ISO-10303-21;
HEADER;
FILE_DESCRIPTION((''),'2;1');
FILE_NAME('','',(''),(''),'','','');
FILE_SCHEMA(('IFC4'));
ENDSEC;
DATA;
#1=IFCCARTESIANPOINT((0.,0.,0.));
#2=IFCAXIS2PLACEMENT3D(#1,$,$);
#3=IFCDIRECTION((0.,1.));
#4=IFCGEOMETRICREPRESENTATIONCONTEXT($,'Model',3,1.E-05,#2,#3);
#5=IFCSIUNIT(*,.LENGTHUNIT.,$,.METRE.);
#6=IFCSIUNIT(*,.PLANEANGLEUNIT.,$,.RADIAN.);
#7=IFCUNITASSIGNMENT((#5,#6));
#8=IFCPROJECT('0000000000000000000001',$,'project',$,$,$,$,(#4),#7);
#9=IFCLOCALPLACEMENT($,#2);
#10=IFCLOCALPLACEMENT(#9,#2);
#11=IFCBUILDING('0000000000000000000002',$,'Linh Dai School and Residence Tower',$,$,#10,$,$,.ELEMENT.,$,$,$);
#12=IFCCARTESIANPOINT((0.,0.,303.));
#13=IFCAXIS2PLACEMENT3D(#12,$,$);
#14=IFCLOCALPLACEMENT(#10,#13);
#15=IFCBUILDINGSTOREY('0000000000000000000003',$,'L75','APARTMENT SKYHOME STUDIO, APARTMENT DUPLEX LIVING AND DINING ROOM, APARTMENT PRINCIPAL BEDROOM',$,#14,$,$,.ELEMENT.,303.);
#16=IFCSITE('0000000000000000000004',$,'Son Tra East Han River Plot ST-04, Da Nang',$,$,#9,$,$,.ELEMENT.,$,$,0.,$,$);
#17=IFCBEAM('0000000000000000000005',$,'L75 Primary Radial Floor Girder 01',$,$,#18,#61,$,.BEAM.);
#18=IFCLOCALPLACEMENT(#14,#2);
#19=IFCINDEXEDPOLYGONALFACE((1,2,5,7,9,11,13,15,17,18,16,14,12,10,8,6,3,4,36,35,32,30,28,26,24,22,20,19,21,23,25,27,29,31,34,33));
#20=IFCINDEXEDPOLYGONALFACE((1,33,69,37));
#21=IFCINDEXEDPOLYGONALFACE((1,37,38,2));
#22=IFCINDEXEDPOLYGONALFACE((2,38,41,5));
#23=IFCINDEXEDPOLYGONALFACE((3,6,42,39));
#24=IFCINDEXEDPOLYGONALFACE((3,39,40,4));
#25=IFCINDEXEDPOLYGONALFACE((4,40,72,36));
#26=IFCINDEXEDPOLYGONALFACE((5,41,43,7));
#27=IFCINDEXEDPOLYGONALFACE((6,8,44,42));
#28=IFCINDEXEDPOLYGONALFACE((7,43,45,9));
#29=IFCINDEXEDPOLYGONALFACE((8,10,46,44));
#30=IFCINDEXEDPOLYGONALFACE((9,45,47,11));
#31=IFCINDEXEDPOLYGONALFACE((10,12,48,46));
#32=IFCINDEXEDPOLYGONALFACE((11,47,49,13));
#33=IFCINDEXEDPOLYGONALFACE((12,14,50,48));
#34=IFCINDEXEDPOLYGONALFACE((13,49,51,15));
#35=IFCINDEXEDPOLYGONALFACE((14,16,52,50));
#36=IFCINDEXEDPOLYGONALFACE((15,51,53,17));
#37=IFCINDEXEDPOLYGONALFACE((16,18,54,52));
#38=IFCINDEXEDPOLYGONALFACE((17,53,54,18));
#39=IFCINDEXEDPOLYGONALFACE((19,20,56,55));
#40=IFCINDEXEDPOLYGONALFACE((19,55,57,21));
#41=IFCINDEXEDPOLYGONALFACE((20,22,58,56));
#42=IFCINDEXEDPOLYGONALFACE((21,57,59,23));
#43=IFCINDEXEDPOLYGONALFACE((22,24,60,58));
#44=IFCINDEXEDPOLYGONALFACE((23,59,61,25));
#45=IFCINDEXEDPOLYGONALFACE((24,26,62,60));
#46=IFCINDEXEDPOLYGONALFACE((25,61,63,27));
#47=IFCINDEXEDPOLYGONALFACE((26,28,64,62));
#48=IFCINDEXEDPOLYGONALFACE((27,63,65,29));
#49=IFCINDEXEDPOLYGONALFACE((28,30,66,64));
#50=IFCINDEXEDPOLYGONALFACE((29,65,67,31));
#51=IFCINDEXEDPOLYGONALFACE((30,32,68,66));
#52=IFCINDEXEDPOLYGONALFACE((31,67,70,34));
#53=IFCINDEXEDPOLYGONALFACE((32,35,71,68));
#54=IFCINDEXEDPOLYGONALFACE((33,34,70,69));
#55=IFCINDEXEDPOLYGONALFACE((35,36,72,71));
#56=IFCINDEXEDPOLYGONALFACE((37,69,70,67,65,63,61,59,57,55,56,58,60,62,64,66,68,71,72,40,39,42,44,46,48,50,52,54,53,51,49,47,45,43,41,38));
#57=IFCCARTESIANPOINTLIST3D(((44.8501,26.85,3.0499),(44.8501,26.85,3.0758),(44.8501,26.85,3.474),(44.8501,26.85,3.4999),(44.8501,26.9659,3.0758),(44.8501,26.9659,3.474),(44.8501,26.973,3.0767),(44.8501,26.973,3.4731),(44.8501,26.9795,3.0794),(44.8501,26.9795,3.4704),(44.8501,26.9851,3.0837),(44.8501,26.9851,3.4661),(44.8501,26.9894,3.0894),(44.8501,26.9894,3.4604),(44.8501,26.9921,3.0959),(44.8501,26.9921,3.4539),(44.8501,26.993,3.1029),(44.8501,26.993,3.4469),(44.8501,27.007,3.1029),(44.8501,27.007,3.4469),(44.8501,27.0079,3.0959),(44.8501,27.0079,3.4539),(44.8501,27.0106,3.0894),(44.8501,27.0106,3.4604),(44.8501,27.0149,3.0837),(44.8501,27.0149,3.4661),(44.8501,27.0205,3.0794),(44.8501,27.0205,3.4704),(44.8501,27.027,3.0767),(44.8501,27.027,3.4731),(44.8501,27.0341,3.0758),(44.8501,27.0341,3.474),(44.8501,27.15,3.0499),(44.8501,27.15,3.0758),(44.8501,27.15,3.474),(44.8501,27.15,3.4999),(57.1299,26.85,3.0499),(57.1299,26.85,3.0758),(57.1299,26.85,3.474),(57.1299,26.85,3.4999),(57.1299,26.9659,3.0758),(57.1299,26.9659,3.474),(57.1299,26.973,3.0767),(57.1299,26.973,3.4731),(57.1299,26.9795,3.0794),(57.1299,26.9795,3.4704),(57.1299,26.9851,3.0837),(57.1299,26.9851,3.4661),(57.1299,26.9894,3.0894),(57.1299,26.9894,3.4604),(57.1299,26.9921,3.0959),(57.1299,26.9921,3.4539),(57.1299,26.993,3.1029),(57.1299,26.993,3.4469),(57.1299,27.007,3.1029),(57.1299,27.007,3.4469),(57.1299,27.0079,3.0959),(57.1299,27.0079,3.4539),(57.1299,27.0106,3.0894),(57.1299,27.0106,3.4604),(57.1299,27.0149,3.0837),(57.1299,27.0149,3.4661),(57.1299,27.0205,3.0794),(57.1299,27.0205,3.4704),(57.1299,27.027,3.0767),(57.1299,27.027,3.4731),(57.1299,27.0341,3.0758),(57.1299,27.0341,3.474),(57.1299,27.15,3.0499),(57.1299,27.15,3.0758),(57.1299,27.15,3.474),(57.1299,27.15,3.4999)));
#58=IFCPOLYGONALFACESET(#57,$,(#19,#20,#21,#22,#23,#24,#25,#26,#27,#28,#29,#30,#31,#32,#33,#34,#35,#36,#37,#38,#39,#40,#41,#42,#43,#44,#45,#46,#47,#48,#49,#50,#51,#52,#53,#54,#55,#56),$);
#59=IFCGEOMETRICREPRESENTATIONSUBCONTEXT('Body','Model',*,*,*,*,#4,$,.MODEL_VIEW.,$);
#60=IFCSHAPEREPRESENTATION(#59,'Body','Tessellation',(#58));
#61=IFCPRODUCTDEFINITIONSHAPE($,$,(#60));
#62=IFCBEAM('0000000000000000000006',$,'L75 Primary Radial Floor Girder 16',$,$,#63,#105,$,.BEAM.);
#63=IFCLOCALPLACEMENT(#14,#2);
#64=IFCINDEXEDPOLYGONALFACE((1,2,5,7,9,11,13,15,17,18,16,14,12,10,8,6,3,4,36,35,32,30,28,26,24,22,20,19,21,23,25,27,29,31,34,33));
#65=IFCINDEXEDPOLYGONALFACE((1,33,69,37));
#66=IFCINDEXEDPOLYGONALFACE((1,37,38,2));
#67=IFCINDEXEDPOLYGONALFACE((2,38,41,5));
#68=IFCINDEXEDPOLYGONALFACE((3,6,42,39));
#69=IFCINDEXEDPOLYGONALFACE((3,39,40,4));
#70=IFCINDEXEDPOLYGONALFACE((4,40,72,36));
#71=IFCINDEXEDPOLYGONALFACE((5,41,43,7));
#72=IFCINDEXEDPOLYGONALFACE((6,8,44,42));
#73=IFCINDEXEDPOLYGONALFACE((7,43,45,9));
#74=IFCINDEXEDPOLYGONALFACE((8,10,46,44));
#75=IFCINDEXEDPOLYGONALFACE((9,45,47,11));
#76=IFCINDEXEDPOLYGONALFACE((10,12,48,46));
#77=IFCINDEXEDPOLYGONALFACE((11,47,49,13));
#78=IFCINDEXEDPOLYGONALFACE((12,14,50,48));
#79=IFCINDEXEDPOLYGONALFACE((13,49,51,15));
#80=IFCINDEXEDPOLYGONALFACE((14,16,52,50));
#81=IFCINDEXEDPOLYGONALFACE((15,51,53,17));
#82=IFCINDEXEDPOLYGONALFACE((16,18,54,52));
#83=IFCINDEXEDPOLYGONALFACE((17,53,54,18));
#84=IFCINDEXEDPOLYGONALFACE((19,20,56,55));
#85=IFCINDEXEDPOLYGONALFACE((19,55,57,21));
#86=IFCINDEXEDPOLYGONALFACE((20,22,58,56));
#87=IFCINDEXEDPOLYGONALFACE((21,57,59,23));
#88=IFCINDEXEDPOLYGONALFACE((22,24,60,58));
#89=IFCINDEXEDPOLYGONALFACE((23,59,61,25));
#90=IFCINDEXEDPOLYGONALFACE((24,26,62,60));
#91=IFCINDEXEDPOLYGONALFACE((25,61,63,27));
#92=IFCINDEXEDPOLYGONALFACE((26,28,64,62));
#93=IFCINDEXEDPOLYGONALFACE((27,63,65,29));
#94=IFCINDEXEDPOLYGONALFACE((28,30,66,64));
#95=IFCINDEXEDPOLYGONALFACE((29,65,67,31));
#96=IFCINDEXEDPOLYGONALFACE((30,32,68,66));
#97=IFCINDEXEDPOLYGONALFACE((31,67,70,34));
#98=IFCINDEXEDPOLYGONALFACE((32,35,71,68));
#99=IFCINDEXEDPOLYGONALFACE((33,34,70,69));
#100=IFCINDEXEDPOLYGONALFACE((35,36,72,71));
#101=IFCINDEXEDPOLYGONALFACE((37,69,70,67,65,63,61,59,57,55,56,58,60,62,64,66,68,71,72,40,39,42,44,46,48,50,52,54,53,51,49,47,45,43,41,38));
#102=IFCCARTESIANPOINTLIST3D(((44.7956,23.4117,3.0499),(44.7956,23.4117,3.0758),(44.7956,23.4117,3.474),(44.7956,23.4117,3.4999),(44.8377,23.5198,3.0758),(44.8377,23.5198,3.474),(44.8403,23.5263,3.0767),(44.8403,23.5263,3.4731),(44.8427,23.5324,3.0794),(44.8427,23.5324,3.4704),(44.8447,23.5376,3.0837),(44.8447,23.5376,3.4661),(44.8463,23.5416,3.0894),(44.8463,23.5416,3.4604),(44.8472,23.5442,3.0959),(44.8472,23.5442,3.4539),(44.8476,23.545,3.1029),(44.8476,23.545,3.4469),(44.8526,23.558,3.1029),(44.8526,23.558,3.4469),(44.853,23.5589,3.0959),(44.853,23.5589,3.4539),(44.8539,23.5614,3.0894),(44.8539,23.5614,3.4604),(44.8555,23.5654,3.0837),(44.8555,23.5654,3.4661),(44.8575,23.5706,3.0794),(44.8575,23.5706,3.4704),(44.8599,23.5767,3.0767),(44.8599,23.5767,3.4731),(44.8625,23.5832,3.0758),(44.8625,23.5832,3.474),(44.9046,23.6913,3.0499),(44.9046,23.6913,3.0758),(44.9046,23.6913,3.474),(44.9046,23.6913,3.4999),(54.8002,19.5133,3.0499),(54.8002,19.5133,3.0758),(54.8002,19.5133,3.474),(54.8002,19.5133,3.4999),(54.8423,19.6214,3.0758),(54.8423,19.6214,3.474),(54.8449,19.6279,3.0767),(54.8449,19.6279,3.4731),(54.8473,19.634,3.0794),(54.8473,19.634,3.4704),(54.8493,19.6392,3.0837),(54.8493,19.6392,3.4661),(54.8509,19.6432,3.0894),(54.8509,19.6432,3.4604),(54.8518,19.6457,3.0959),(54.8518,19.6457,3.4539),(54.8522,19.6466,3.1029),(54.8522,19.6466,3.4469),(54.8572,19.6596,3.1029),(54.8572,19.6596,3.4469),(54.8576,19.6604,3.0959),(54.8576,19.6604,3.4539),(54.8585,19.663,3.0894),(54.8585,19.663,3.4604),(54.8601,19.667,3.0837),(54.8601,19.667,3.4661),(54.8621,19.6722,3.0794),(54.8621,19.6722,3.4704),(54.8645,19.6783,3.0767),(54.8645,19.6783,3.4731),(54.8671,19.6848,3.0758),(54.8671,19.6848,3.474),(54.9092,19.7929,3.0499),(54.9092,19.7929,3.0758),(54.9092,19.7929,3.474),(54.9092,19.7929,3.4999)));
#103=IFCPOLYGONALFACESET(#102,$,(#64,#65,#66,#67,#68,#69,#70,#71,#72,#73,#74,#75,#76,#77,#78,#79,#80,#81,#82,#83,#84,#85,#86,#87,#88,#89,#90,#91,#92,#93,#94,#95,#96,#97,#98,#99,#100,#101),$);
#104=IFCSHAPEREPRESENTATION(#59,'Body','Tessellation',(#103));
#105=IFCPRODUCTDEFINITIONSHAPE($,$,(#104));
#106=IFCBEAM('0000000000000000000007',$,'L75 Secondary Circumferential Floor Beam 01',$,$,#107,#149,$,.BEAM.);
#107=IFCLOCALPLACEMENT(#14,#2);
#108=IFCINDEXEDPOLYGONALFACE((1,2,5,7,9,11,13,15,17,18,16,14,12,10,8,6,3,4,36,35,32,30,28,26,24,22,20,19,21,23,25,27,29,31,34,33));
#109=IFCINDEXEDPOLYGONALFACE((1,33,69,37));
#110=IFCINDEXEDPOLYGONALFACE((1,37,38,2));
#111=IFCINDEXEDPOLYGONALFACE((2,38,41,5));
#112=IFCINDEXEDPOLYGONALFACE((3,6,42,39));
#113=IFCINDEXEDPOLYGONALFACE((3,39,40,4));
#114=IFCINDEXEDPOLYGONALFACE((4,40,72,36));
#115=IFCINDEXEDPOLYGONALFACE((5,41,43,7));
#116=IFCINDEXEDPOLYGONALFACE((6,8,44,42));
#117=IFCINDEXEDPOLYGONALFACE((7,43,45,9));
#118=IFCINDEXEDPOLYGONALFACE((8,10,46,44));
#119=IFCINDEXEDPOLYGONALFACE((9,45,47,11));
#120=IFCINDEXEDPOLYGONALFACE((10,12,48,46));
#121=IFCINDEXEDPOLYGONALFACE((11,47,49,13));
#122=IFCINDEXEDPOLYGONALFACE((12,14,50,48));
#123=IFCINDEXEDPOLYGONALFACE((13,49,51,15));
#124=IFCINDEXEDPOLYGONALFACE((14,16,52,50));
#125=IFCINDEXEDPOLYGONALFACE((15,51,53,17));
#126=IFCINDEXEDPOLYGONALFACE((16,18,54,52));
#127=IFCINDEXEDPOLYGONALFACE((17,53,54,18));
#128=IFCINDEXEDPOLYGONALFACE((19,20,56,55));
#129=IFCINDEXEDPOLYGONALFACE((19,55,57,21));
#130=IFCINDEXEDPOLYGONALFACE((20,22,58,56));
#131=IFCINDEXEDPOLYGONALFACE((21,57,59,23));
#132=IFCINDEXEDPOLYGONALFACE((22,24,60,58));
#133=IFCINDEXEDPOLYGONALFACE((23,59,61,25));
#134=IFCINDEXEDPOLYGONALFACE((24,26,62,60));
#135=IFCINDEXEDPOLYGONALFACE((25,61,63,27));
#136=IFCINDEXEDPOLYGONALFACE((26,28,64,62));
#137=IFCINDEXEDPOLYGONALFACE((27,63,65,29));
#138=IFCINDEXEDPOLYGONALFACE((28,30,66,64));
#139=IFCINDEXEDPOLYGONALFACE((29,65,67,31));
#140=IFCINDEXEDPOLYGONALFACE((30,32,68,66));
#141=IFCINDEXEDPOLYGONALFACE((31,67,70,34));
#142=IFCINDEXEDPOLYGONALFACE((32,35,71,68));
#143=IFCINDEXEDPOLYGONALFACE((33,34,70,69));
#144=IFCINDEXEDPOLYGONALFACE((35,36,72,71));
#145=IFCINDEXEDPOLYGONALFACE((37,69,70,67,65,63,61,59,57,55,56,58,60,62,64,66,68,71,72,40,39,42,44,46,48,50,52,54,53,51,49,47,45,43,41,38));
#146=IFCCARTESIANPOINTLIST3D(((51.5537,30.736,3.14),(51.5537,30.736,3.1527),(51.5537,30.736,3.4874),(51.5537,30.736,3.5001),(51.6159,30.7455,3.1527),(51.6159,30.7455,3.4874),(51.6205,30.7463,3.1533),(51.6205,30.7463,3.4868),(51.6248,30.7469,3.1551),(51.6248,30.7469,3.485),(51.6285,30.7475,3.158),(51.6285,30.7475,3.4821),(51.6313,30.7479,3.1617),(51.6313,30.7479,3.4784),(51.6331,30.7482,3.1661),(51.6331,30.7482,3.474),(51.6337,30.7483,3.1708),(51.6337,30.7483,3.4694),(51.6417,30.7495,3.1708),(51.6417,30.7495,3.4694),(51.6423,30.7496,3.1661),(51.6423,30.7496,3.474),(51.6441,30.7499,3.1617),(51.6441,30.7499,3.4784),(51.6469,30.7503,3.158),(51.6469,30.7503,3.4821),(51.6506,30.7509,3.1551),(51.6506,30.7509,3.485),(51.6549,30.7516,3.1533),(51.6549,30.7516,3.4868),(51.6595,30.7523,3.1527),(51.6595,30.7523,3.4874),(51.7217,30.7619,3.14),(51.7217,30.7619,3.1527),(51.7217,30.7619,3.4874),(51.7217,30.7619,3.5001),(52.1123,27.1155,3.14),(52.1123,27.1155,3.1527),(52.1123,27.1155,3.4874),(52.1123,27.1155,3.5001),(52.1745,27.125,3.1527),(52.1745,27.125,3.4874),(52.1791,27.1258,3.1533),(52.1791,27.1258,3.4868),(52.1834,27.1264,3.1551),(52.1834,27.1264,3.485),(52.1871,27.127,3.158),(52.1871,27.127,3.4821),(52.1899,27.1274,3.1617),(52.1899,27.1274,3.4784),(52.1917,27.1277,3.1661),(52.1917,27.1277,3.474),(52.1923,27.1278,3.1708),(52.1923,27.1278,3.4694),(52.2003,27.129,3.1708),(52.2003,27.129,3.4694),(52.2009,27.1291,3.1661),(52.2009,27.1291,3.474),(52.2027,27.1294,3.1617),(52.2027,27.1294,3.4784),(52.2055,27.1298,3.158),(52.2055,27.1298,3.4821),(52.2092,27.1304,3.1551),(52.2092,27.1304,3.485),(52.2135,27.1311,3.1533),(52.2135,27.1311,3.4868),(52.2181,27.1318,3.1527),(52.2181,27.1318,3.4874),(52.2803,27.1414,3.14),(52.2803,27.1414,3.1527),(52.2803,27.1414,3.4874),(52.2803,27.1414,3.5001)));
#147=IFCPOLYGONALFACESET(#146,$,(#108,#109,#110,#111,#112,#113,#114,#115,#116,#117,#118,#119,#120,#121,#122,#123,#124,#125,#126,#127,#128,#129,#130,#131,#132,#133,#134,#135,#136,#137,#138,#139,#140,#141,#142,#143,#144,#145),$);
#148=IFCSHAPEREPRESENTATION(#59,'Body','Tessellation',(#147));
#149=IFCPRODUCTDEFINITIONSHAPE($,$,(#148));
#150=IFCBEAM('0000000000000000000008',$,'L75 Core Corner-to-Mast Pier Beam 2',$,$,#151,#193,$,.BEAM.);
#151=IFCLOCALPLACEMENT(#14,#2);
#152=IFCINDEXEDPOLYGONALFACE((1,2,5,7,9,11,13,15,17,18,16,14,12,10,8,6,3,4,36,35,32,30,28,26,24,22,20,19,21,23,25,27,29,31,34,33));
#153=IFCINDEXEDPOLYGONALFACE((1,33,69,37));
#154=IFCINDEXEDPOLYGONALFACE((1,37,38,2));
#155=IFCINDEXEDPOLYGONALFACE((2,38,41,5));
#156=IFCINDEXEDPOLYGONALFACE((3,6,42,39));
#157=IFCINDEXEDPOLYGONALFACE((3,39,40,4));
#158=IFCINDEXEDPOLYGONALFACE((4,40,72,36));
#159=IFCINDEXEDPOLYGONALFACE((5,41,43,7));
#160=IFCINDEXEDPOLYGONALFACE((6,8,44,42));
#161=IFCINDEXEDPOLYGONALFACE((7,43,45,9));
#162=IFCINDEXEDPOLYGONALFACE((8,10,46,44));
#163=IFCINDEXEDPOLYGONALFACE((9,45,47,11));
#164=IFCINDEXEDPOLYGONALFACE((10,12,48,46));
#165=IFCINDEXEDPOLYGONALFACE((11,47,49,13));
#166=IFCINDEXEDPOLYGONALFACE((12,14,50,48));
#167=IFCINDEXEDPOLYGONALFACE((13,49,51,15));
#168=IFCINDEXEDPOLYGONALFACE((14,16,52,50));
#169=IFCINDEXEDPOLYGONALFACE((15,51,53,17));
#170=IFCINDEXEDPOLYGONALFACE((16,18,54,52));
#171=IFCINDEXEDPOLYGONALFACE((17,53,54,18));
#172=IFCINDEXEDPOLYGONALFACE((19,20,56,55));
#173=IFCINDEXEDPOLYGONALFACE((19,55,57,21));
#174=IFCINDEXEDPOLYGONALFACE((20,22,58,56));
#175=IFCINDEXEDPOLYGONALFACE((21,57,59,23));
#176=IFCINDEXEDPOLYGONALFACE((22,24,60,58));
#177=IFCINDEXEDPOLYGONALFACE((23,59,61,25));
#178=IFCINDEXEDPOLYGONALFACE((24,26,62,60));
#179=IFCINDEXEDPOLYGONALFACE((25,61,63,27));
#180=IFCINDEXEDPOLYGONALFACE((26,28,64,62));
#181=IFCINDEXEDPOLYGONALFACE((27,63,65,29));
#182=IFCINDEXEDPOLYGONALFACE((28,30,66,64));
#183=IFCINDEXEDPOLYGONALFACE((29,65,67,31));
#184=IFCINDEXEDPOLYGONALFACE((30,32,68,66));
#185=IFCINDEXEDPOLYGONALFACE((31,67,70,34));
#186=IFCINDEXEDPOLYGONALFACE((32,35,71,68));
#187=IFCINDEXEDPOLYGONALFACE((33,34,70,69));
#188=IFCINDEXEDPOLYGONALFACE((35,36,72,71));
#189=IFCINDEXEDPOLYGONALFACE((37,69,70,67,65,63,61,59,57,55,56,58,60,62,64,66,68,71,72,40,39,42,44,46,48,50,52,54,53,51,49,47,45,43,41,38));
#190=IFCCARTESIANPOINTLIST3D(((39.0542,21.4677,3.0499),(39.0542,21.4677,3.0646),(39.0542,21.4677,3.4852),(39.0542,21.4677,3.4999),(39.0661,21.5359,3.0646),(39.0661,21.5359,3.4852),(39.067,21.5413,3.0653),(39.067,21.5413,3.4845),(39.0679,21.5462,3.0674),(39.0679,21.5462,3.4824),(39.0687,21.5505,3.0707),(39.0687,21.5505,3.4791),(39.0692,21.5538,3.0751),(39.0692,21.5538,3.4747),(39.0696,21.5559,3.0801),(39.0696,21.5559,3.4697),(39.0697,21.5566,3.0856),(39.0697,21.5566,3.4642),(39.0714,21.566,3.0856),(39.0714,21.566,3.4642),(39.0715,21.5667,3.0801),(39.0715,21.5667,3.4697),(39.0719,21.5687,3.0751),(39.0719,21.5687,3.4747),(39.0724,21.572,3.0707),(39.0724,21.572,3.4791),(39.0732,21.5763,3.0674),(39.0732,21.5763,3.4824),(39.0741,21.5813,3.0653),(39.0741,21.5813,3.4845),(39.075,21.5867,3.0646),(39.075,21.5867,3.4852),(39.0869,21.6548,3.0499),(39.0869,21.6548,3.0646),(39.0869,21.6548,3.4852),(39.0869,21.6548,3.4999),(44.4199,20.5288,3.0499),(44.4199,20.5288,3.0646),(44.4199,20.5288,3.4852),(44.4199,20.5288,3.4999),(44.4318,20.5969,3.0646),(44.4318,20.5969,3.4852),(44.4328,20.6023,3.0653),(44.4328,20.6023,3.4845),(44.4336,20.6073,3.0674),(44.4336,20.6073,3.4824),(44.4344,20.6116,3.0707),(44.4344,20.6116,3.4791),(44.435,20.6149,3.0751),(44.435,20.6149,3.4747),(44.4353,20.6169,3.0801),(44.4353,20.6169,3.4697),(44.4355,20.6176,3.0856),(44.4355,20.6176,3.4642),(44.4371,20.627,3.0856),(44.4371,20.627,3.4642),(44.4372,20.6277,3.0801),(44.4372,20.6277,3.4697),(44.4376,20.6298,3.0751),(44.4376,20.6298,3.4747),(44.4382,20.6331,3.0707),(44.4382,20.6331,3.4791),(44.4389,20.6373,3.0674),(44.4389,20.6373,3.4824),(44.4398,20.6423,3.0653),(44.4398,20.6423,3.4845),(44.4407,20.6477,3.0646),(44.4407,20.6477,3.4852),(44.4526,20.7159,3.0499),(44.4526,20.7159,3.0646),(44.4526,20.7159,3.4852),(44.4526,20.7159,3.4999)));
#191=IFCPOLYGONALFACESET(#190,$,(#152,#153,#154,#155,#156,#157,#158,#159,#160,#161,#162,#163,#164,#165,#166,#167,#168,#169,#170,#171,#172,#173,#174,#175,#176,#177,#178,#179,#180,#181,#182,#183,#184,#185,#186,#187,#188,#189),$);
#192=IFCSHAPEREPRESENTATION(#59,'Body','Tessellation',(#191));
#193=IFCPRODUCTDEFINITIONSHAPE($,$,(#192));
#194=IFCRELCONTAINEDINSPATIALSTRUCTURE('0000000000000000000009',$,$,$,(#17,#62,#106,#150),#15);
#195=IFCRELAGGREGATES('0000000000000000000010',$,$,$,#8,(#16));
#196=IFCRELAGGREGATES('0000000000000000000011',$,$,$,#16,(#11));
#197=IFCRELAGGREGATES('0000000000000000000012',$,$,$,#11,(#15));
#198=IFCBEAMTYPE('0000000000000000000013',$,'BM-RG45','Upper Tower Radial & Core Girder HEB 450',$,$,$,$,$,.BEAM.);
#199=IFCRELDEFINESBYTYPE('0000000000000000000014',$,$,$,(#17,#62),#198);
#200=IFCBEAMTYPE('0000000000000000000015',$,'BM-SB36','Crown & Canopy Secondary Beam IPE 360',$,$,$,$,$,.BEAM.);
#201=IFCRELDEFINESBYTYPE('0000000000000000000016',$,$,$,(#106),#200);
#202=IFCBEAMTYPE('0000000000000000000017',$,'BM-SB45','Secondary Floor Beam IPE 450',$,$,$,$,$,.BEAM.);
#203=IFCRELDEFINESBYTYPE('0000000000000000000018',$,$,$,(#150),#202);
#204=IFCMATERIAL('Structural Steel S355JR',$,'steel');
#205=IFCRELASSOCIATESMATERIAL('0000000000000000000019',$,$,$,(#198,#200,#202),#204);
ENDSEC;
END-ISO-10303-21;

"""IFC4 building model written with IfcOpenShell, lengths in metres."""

from ifc_helpers import new_model, si_unit, direction, frame, origin, origin_2d, place, context, subcontext, project, spatial, i_section, extrude, material, material_profile, profile_set, type_object, element, save


model = new_model("IFC4")

# Units and contexts
model_context = context("Model", 3, precision=1e-05, world=origin(), true_north=direction((0.0, 1.0)))
body_context = subcontext(model_context, "Body", "Model", "MODEL_VIEW")
ifc_project = project(units=[si_unit("LENGTHUNIT", "METRE"), si_unit("PLANEANGLEUNIT", "RADIAN")], contexts=[model_context])

# Site, building, storey
site_placement = place(None, origin())
site = spatial("IfcSite", under=ifc_project, at=site_placement, Name="Son Tra East Han River Plot ST-04, Da Nang", CompositionType="ELEMENT", RefElevation=0.0)
building_placement = place(site_placement, origin())
building = spatial("IfcBuilding", under=site, at=building_placement, Name="Linh Dai School and Residence Tower", CompositionType="ELEMENT")
storey_placement = place(building_placement, frame((0.0, 0.0, 303.0)))
storey = spatial("IfcBuildingStorey", under=building, at=storey_placement, Name="L75", Description="APARTMENT SKYHOME STUDIO, APARTMENT DUPLEX LIVING AND DINING ROOM, APARTMENT PRINCIPAL BEDROOM", CompositionType="ELEMENT", Elevation=303.0)

# Shared definitions
ifc_material_1 = material(Name="Structural Steel S355JR", Category="steel")

# Beams
ifc_material_profile_1 = material_profile(ifc_material_1, i_section(OverallWidth=0.3, OverallDepth=0.45, WebThickness=0.0139, FlangeThickness=0.0259, FilletRadius=0.0271, at=origin_2d()), Name="HEB 450")
ifc_profile_set_1 = profile_set([ifc_material_profile_1], Name="Structural Steel S355JR")
beam_type_1 = type_object("IfcBeamType", Name="BM-RG45", Description="Upper Tower Radial & Core Girder HEB 450", PredefinedType="BEAM", material=ifc_profile_set_1)
beam_1_placement = place(storey_placement, frame((44.8501, 27.0, 3.2749), z_axis=(1.0, 0.0, 0.0), x_axis=(0.0, 1.0, 0.0)))
element("IfcBeam", 1, at=beam_1_placement, inside=storey, type_object=beam_type_1, Name="L75 Primary Radial Floor Girder 01", PredefinedType="BEAM", context=body_context, shape_type="SweptSolid", body=[
    extrude(i_section(OverallWidth=0.3, OverallDepth=0.45, WebThickness=0.0139, FlangeThickness=0.0259, FilletRadius=0.0271, at=origin_2d()), origin(), (0.0, 0.0, 1.0), 12.2798),
])
beam_2_placement = place(storey_placement, frame((44.8501, 23.5515, 3.2749), z_axis=(0.931761, -0.363073, 0.0), x_axis=(0.363073, 0.931761, 0.0)))
element("IfcBeam", 2, at=beam_2_placement, inside=storey, type_object=beam_type_1, Name="L75 Primary Radial Floor Girder 16", PredefinedType="BEAM", context=body_context, shape_type="SweptSolid", body=[
    extrude(i_section(OverallWidth=0.3, OverallDepth=0.45, WebThickness=0.0139, FlangeThickness=0.0259, FilletRadius=0.0271, at=origin_2d()), origin(), (0.0, 0.0, 1.0), 10.7373),
])
ifc_material_profile_2 = material_profile(ifc_material_1, i_section(OverallWidth=0.1699, OverallDepth=0.3601, WebThickness=0.0081, FlangeThickness=0.0127, FilletRadius=0.0181, at=origin_2d()), Name="IPE 360")
ifc_profile_set_2 = profile_set([ifc_material_profile_2], Name="Structural Steel S355JR")
beam_type_2 = type_object("IfcBeamType", Name="BM-SB36", Description="Crown & Canopy Secondary Beam IPE 360", PredefinedType="BEAM", material=ifc_profile_set_2)
beam_3_placement = place(storey_placement, frame((52.1963, 27.1284, 3.3201), z_axis=(-0.152478, 0.988307, 0.0), x_axis=(-0.988307, -0.152478, 0.0)))
element("IfcBeam", 3, at=beam_3_placement, inside=storey, type_object=beam_type_2, Name="L75 Secondary Circumferential Floor Beam 01", PredefinedType="BEAM", context=body_context, shape_type="SweptSolid", body=[
    extrude(i_section(OverallWidth=0.1699, OverallDepth=0.3601, WebThickness=0.0081, FlangeThickness=0.0127, FilletRadius=0.0181, at=origin_2d()), origin(), (0.0, 0.0, 1.0), 3.6633),
])
ifc_material_profile_3 = material_profile(ifc_material_1, i_section(OverallWidth=0.1899, OverallDepth=0.45, WebThickness=0.0095, FlangeThickness=0.0146, FilletRadius=0.021, at=origin_2d()), Name="IPE 450")
ifc_profile_set_3 = profile_set([ifc_material_profile_3], Name="Structural Steel S355JR")
beam_type_3 = type_object("IfcBeamType", Name="BM-SB45", Description="Secondary Floor Beam IPE 450", PredefinedType="BEAM", material=ifc_profile_set_3)
beam_4_placement = place(storey_placement, frame((44.4363, 20.6223, 3.2749), z_axis=(-0.985032, 0.172374, 0.0), x_axis=(-0.172374, -0.985032, 0.0)))
element("IfcBeam", 4, at=beam_4_placement, inside=storey, type_object=beam_type_3, Name="L75 Core Corner-to-Mast Pier Beam 2", PredefinedType="BEAM", context=body_context, shape_type="SweptSolid", body=[
    extrude(i_section(OverallWidth=0.1899, OverallDepth=0.45, WebThickness=0.0095, FlangeThickness=0.0146, FilletRadius=0.021, at=origin_2d()), origin(), (0.0, 0.0, 1.0), 5.4473),
])

save(model, "model.ifc")
